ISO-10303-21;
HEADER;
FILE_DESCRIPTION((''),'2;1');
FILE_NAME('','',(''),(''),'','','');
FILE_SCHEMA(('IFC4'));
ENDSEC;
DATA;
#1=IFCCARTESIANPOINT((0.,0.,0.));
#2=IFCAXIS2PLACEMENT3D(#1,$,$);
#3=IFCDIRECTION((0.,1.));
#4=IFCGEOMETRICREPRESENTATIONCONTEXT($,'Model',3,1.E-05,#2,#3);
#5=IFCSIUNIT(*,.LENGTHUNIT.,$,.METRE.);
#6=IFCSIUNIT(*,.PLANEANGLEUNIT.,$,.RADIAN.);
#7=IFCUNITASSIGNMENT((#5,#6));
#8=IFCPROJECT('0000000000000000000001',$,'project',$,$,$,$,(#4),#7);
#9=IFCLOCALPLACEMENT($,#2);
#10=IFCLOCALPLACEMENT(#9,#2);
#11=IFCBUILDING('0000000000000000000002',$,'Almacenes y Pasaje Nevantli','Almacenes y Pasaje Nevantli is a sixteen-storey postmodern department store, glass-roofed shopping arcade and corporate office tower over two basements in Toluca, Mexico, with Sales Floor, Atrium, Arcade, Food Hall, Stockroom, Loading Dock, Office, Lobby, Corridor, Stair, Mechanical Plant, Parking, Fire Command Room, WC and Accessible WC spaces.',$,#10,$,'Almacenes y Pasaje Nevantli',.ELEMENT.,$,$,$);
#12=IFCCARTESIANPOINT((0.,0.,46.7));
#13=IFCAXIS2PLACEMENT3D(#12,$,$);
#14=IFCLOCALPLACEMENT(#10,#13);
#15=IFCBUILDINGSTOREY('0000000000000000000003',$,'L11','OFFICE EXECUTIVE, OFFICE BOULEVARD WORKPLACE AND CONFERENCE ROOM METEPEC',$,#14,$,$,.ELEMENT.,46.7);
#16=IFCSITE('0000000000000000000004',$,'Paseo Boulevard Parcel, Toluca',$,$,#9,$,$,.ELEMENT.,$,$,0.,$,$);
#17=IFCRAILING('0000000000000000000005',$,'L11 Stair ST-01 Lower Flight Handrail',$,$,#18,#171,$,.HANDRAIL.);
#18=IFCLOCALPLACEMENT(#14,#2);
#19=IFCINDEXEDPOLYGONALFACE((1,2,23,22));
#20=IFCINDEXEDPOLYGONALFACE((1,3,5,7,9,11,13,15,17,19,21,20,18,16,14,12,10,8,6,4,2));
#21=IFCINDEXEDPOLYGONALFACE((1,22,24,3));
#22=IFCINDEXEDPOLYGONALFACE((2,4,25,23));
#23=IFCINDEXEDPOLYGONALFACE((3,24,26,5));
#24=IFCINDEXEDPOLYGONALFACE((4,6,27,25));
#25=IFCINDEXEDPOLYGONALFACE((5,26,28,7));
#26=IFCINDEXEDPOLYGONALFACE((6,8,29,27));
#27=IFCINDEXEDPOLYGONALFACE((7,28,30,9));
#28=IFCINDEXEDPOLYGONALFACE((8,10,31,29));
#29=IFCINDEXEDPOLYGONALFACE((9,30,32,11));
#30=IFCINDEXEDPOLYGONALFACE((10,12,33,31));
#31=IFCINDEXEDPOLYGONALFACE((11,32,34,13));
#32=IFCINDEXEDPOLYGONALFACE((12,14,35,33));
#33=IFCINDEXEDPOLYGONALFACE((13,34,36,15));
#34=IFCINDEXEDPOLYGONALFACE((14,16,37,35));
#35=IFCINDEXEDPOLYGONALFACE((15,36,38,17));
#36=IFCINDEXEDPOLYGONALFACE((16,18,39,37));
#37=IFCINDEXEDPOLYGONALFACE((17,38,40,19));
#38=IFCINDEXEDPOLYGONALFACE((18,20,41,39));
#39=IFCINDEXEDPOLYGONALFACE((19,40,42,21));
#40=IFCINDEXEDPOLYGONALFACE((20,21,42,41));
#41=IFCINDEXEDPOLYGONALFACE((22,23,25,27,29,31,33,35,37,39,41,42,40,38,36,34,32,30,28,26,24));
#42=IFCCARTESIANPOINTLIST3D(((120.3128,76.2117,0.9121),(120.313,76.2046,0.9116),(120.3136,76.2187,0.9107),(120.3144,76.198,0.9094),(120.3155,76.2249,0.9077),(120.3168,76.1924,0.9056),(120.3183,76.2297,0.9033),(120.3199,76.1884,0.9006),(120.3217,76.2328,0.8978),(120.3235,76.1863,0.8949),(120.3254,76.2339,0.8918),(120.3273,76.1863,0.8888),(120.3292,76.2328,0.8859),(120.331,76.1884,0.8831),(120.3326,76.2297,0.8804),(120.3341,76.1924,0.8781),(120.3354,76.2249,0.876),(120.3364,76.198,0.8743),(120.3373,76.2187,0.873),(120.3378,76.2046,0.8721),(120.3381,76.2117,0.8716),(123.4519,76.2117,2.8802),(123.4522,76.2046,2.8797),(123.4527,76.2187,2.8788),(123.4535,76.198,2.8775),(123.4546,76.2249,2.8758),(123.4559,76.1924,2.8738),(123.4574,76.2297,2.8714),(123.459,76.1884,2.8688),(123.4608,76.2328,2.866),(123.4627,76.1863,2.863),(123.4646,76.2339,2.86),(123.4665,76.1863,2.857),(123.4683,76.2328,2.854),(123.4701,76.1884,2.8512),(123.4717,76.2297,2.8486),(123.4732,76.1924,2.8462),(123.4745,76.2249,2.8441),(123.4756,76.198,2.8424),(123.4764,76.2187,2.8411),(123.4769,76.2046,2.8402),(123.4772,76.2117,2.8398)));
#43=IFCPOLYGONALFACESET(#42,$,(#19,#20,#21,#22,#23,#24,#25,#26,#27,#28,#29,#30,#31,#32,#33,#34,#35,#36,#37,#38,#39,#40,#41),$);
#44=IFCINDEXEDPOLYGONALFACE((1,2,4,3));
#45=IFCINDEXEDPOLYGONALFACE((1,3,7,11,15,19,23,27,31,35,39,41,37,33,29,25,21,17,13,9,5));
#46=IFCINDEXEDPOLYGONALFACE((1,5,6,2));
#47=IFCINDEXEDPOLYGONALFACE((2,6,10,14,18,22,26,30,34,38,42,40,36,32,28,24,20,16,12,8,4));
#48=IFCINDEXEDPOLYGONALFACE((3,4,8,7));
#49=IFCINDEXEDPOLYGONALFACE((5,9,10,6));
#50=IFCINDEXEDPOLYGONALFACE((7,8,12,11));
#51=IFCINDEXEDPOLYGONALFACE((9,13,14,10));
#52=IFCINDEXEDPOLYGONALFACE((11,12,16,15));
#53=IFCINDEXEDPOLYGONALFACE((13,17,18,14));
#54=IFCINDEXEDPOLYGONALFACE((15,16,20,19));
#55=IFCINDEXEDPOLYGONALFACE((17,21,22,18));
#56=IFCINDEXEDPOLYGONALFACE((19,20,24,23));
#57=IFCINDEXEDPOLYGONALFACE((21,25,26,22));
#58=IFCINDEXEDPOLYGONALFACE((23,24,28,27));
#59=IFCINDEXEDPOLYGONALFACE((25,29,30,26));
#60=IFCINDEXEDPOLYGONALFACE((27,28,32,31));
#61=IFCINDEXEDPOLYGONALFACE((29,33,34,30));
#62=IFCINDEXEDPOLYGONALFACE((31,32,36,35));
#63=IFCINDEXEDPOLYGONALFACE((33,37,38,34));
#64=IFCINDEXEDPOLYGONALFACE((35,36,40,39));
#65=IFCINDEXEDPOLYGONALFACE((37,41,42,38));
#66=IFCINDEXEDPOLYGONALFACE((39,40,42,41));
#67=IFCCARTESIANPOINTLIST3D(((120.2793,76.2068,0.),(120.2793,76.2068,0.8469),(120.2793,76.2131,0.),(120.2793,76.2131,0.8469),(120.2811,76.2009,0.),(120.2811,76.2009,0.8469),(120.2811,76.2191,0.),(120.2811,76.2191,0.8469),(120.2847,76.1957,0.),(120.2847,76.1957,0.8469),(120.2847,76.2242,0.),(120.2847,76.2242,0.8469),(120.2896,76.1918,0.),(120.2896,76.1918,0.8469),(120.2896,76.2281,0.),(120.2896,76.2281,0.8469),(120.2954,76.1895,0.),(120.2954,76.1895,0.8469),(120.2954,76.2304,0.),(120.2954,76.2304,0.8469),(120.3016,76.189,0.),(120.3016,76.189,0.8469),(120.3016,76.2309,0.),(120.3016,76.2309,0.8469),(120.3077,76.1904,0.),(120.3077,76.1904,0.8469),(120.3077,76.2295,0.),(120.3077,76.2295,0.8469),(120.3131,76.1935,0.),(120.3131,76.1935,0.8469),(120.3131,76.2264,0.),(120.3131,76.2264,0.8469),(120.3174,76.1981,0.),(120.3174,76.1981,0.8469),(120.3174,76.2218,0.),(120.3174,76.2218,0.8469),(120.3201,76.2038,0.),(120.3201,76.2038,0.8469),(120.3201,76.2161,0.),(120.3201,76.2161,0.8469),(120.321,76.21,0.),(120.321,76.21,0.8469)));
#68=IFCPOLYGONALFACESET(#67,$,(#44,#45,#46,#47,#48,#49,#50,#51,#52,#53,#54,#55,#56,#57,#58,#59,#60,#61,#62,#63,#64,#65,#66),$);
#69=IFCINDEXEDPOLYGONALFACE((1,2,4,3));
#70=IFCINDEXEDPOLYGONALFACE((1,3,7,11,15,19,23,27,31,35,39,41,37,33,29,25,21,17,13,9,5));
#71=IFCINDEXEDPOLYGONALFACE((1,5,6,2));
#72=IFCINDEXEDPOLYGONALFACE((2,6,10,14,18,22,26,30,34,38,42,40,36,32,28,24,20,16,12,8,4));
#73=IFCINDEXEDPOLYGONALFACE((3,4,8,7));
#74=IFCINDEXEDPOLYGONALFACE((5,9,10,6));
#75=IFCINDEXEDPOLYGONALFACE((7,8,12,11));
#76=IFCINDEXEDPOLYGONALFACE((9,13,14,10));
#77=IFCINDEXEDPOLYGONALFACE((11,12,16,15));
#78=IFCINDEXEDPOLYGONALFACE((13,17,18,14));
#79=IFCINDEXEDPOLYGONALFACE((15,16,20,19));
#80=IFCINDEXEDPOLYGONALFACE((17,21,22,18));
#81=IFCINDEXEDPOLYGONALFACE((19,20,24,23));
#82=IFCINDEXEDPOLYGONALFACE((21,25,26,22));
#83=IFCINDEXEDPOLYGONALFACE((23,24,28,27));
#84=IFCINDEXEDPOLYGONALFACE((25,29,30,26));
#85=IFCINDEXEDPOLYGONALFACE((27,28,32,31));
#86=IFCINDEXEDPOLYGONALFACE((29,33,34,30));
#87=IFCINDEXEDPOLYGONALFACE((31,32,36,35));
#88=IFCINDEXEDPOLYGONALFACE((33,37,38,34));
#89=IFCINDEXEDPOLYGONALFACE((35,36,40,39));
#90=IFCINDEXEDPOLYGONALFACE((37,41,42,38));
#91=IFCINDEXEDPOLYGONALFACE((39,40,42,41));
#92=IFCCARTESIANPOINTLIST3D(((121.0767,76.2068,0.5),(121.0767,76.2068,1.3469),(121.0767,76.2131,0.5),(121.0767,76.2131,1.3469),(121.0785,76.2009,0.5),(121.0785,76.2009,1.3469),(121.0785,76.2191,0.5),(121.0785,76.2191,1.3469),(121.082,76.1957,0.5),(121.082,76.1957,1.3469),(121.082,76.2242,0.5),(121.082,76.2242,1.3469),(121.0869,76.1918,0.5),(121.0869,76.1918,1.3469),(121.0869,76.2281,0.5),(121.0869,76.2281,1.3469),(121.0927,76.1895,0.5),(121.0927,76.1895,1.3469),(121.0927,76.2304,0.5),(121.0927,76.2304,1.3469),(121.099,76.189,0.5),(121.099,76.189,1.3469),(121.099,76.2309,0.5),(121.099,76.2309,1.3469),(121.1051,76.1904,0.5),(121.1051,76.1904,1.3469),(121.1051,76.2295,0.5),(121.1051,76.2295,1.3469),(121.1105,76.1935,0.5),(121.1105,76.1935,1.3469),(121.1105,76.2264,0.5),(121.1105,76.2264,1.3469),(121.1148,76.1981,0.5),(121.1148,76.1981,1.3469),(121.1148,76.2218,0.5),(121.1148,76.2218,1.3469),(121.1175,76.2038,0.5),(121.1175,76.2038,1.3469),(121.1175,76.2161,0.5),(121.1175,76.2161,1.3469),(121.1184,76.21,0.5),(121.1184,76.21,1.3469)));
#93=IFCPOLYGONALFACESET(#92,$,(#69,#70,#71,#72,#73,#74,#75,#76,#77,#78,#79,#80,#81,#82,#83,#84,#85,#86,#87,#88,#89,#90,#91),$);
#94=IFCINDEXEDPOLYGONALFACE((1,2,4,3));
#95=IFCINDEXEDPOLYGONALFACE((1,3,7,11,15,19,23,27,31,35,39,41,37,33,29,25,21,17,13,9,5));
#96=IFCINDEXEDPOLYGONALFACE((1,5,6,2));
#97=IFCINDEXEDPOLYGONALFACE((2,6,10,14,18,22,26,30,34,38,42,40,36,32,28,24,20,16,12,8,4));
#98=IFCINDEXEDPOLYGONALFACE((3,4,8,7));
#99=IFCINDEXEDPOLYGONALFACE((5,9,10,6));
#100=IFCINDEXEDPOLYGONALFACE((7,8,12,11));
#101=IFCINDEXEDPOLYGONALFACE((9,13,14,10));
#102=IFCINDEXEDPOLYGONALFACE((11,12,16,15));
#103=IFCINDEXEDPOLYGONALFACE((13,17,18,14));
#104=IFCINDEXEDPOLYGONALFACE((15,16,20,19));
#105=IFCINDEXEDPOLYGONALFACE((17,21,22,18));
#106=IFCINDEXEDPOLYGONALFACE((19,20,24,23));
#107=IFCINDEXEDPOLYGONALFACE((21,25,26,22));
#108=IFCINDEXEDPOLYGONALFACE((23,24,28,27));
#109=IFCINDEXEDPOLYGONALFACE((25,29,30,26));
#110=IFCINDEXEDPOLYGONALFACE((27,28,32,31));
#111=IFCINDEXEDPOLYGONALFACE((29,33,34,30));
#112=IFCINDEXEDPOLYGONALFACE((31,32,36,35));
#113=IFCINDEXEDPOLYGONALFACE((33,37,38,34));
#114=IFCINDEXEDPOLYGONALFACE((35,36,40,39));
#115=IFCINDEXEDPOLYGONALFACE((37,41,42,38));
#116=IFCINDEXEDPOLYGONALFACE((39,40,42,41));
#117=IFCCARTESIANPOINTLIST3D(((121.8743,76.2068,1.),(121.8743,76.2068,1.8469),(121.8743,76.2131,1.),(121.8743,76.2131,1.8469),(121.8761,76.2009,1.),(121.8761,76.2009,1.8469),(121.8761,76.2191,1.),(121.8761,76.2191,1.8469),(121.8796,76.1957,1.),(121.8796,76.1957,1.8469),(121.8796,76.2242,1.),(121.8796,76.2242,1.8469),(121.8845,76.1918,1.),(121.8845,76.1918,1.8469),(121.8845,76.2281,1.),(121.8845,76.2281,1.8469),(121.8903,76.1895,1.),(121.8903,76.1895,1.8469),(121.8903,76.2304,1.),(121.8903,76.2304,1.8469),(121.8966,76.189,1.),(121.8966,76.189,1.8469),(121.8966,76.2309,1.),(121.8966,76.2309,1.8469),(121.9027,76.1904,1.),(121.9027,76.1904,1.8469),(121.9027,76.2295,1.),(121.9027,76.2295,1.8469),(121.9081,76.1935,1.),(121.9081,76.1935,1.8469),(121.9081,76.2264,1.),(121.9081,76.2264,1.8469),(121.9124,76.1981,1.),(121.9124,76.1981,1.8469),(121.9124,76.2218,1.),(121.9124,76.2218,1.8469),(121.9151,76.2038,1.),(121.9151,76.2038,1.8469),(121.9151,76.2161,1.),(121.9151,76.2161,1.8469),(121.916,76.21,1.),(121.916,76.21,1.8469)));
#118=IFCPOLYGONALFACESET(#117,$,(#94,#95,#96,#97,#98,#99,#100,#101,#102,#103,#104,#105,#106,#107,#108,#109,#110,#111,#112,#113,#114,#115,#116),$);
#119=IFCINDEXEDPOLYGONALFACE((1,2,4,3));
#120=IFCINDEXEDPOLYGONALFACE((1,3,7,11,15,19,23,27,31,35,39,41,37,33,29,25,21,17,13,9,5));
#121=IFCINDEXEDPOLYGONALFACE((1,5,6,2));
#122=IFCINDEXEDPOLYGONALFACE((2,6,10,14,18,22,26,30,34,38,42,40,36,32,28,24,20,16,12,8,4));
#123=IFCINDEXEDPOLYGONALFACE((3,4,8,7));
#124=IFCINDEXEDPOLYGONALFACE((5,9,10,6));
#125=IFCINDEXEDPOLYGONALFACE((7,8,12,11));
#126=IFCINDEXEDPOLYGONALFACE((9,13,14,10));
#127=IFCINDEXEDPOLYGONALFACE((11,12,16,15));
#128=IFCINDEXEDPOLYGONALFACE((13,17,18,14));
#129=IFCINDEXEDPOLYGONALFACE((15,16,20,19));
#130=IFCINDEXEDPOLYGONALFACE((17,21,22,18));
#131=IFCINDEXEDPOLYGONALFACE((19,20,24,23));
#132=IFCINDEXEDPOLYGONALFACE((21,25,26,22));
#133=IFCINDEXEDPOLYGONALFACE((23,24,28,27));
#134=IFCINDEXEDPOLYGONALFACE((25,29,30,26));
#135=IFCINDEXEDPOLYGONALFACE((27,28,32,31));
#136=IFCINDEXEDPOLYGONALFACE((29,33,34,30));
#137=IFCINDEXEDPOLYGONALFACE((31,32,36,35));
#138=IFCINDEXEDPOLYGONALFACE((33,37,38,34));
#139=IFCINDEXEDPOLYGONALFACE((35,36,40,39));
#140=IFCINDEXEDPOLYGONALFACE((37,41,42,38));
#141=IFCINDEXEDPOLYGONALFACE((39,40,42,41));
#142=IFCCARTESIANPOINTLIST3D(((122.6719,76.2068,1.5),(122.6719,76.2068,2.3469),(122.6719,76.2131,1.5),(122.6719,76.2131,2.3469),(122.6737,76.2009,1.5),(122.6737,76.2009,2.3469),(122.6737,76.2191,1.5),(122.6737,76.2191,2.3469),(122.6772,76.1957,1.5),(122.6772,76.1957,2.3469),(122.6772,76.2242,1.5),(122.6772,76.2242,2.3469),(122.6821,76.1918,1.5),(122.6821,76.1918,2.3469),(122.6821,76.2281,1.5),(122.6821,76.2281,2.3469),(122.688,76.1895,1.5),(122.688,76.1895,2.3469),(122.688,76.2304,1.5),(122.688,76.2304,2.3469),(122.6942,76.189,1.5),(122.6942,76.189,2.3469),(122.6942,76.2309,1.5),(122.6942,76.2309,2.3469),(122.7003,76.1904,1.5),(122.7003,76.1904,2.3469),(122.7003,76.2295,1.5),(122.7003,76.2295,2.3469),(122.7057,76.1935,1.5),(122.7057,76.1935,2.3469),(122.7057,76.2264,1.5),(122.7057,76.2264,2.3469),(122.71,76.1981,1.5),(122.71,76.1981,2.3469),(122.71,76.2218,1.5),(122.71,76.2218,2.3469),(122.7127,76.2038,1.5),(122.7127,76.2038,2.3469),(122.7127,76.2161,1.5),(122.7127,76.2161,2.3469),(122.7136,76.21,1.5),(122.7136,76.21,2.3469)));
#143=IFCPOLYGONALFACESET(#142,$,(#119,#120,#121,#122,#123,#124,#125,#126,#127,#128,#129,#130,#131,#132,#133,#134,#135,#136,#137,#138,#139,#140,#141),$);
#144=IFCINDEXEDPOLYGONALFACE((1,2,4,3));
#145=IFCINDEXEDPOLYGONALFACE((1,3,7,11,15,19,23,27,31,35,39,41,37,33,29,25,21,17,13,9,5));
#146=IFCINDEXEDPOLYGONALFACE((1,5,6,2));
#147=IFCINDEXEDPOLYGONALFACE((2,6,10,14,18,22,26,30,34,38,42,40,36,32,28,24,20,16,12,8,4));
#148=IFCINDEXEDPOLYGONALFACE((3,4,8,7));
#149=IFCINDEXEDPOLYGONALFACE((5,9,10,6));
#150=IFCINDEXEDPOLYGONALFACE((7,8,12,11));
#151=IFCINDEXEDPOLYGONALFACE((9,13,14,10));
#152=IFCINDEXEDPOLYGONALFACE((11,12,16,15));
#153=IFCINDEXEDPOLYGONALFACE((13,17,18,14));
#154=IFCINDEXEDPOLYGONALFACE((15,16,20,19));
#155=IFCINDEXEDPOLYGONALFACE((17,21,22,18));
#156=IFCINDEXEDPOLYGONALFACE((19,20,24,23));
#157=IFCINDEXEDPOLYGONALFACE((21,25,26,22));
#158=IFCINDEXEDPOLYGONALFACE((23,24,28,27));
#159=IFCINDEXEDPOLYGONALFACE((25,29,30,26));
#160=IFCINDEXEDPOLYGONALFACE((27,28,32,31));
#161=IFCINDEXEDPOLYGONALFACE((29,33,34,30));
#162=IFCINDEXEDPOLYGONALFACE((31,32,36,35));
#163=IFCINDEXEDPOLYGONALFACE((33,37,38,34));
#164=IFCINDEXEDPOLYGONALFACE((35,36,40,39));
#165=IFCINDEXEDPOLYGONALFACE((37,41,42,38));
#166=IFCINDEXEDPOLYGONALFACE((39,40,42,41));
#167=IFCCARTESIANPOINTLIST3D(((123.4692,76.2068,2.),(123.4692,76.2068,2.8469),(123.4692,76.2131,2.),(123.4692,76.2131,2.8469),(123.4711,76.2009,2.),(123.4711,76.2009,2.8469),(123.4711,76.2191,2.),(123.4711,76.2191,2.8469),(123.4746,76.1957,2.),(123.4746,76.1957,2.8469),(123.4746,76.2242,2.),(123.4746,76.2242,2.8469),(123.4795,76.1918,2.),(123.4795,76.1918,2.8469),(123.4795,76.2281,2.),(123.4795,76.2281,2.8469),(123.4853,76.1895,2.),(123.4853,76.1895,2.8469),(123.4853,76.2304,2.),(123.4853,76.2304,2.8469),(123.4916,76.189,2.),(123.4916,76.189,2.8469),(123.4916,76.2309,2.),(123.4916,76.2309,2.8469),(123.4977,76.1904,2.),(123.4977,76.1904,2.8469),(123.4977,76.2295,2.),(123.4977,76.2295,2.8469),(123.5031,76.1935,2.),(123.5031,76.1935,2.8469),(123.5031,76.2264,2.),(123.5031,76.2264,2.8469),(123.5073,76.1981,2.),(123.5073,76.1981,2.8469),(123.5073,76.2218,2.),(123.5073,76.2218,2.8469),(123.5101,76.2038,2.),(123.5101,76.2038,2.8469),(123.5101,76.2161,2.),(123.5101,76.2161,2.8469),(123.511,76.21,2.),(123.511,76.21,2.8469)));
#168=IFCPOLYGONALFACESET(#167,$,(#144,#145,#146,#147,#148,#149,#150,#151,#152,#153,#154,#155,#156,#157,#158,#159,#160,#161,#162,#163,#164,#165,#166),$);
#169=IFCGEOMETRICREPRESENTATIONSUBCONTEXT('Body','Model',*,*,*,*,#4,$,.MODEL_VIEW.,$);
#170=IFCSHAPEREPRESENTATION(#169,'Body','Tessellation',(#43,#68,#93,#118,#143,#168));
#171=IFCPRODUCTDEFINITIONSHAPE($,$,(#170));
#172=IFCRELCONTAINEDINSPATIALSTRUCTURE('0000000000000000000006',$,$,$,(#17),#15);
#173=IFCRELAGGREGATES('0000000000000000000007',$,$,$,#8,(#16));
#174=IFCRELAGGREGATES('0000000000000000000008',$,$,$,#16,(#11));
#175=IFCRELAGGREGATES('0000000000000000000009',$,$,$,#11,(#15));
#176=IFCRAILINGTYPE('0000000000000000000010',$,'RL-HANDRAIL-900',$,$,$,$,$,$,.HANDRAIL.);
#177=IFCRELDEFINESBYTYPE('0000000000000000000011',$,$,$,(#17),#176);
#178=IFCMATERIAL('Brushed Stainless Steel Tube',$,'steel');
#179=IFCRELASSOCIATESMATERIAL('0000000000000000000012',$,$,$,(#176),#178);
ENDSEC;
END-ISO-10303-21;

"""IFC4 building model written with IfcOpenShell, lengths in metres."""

from ifc_helpers import new_model, si_unit, direction, frame, origin, origin_2d, place, context, subcontext, project, spatial, circle, extrude, material, type_object, element, save


model = new_model("IFC4")

# Units and contexts
model_context = context("Model", 3, precision=1e-05, world=origin(), true_north=direction((0.0, 1.0)))
body_context = subcontext(model_context, "Body", "Model", "MODEL_VIEW")
ifc_project = project(units=[si_unit("LENGTHUNIT", "METRE"), si_unit("PLANEANGLEUNIT", "RADIAN")], contexts=[model_context])

# Site, building, storey
site_placement = place(None, origin())
site = spatial("IfcSite", under=ifc_project, at=site_placement, Name="Paseo Boulevard Parcel, Toluca", CompositionType="ELEMENT", RefElevation=0.0)
building_placement = place(site_placement, origin())
building = spatial("IfcBuilding", under=site, at=building_placement, Name="Almacenes y Pasaje Nevantli", Description="Almacenes y Pasaje Nevantli is a sixteen-storey postmodern department store, glass-roofed shopping arcade and corporate office tower over two basements in Toluca, Mexico, with Sales Floor, Atrium, Arcade, Food Hall, Stockroom, Loading Dock, Office, Lobby, Corridor, Stair, Mechanical Plant, Parking, Fire Command Room, WC and Accessible WC spaces.", LongName="Almacenes y Pasaje Nevantli", CompositionType="ELEMENT")
storey_placement = place(building_placement, frame((0.0, 0.0, 46.7)))
storey = spatial("IfcBuildingStorey", under=building, at=storey_placement, Name="L11", Description="OFFICE EXECUTIVE, OFFICE BOULEVARD WORKPLACE AND CONFERENCE ROOM METEPEC", CompositionType="ELEMENT", Elevation=46.7)

# Railing
ifc_material_1 = material(Name="Brushed Stainless Steel Tube", Category="steel")
railing_type_1 = type_object("IfcRailingType", Name="RL-HANDRAIL-900", PredefinedType="HANDRAIL", material=ifc_material_1)
railing_1_placement = place(storey_placement, frame((120.3, 76.21, 0.0)))
element("IfcRailing", 1, at=railing_1_placement, inside=storey, type_object=railing_type_1, Name="L11 Stair ST-01 Lower Flight Handrail", PredefinedType="HANDRAIL", context=body_context, shape_type="SweptSolid", body=[
    extrude(circle(Radius=0.0239, at=origin_2d()), frame((0.0254, 0.0, 0.8918), z_axis=(0.847247, 0.0, 0.531199), x_axis=(0.0, 1.0, 0.0)), (0.0, 0.0, 1.0), 3.7051),
    extrude(circle(Radius=0.021, at=origin_2d()), origin(), (0.0, 0.0, 1.0), 0.8469),
    extrude(circle(Radius=0.021, at=origin_2d()), frame((0.7974, 0.0, 0.5)), (0.0, 0.0, 1.0), 0.8469),
    extrude(circle(Radius=0.021, at=origin_2d()), frame((1.595, 0.0, 1.0)), (0.0, 0.0, 1.0), 0.8469),
    extrude(circle(Radius=0.021, at=origin_2d()), frame((2.3926, 0.0, 1.5)), (0.0, 0.0, 1.0), 0.8469),
    extrude(circle(Radius=0.021, at=origin_2d()), frame((3.1899, 0.0, 2.0)), (0.0, 0.0, 1.0), 0.8469),
])

save(model, "model.ifc")
